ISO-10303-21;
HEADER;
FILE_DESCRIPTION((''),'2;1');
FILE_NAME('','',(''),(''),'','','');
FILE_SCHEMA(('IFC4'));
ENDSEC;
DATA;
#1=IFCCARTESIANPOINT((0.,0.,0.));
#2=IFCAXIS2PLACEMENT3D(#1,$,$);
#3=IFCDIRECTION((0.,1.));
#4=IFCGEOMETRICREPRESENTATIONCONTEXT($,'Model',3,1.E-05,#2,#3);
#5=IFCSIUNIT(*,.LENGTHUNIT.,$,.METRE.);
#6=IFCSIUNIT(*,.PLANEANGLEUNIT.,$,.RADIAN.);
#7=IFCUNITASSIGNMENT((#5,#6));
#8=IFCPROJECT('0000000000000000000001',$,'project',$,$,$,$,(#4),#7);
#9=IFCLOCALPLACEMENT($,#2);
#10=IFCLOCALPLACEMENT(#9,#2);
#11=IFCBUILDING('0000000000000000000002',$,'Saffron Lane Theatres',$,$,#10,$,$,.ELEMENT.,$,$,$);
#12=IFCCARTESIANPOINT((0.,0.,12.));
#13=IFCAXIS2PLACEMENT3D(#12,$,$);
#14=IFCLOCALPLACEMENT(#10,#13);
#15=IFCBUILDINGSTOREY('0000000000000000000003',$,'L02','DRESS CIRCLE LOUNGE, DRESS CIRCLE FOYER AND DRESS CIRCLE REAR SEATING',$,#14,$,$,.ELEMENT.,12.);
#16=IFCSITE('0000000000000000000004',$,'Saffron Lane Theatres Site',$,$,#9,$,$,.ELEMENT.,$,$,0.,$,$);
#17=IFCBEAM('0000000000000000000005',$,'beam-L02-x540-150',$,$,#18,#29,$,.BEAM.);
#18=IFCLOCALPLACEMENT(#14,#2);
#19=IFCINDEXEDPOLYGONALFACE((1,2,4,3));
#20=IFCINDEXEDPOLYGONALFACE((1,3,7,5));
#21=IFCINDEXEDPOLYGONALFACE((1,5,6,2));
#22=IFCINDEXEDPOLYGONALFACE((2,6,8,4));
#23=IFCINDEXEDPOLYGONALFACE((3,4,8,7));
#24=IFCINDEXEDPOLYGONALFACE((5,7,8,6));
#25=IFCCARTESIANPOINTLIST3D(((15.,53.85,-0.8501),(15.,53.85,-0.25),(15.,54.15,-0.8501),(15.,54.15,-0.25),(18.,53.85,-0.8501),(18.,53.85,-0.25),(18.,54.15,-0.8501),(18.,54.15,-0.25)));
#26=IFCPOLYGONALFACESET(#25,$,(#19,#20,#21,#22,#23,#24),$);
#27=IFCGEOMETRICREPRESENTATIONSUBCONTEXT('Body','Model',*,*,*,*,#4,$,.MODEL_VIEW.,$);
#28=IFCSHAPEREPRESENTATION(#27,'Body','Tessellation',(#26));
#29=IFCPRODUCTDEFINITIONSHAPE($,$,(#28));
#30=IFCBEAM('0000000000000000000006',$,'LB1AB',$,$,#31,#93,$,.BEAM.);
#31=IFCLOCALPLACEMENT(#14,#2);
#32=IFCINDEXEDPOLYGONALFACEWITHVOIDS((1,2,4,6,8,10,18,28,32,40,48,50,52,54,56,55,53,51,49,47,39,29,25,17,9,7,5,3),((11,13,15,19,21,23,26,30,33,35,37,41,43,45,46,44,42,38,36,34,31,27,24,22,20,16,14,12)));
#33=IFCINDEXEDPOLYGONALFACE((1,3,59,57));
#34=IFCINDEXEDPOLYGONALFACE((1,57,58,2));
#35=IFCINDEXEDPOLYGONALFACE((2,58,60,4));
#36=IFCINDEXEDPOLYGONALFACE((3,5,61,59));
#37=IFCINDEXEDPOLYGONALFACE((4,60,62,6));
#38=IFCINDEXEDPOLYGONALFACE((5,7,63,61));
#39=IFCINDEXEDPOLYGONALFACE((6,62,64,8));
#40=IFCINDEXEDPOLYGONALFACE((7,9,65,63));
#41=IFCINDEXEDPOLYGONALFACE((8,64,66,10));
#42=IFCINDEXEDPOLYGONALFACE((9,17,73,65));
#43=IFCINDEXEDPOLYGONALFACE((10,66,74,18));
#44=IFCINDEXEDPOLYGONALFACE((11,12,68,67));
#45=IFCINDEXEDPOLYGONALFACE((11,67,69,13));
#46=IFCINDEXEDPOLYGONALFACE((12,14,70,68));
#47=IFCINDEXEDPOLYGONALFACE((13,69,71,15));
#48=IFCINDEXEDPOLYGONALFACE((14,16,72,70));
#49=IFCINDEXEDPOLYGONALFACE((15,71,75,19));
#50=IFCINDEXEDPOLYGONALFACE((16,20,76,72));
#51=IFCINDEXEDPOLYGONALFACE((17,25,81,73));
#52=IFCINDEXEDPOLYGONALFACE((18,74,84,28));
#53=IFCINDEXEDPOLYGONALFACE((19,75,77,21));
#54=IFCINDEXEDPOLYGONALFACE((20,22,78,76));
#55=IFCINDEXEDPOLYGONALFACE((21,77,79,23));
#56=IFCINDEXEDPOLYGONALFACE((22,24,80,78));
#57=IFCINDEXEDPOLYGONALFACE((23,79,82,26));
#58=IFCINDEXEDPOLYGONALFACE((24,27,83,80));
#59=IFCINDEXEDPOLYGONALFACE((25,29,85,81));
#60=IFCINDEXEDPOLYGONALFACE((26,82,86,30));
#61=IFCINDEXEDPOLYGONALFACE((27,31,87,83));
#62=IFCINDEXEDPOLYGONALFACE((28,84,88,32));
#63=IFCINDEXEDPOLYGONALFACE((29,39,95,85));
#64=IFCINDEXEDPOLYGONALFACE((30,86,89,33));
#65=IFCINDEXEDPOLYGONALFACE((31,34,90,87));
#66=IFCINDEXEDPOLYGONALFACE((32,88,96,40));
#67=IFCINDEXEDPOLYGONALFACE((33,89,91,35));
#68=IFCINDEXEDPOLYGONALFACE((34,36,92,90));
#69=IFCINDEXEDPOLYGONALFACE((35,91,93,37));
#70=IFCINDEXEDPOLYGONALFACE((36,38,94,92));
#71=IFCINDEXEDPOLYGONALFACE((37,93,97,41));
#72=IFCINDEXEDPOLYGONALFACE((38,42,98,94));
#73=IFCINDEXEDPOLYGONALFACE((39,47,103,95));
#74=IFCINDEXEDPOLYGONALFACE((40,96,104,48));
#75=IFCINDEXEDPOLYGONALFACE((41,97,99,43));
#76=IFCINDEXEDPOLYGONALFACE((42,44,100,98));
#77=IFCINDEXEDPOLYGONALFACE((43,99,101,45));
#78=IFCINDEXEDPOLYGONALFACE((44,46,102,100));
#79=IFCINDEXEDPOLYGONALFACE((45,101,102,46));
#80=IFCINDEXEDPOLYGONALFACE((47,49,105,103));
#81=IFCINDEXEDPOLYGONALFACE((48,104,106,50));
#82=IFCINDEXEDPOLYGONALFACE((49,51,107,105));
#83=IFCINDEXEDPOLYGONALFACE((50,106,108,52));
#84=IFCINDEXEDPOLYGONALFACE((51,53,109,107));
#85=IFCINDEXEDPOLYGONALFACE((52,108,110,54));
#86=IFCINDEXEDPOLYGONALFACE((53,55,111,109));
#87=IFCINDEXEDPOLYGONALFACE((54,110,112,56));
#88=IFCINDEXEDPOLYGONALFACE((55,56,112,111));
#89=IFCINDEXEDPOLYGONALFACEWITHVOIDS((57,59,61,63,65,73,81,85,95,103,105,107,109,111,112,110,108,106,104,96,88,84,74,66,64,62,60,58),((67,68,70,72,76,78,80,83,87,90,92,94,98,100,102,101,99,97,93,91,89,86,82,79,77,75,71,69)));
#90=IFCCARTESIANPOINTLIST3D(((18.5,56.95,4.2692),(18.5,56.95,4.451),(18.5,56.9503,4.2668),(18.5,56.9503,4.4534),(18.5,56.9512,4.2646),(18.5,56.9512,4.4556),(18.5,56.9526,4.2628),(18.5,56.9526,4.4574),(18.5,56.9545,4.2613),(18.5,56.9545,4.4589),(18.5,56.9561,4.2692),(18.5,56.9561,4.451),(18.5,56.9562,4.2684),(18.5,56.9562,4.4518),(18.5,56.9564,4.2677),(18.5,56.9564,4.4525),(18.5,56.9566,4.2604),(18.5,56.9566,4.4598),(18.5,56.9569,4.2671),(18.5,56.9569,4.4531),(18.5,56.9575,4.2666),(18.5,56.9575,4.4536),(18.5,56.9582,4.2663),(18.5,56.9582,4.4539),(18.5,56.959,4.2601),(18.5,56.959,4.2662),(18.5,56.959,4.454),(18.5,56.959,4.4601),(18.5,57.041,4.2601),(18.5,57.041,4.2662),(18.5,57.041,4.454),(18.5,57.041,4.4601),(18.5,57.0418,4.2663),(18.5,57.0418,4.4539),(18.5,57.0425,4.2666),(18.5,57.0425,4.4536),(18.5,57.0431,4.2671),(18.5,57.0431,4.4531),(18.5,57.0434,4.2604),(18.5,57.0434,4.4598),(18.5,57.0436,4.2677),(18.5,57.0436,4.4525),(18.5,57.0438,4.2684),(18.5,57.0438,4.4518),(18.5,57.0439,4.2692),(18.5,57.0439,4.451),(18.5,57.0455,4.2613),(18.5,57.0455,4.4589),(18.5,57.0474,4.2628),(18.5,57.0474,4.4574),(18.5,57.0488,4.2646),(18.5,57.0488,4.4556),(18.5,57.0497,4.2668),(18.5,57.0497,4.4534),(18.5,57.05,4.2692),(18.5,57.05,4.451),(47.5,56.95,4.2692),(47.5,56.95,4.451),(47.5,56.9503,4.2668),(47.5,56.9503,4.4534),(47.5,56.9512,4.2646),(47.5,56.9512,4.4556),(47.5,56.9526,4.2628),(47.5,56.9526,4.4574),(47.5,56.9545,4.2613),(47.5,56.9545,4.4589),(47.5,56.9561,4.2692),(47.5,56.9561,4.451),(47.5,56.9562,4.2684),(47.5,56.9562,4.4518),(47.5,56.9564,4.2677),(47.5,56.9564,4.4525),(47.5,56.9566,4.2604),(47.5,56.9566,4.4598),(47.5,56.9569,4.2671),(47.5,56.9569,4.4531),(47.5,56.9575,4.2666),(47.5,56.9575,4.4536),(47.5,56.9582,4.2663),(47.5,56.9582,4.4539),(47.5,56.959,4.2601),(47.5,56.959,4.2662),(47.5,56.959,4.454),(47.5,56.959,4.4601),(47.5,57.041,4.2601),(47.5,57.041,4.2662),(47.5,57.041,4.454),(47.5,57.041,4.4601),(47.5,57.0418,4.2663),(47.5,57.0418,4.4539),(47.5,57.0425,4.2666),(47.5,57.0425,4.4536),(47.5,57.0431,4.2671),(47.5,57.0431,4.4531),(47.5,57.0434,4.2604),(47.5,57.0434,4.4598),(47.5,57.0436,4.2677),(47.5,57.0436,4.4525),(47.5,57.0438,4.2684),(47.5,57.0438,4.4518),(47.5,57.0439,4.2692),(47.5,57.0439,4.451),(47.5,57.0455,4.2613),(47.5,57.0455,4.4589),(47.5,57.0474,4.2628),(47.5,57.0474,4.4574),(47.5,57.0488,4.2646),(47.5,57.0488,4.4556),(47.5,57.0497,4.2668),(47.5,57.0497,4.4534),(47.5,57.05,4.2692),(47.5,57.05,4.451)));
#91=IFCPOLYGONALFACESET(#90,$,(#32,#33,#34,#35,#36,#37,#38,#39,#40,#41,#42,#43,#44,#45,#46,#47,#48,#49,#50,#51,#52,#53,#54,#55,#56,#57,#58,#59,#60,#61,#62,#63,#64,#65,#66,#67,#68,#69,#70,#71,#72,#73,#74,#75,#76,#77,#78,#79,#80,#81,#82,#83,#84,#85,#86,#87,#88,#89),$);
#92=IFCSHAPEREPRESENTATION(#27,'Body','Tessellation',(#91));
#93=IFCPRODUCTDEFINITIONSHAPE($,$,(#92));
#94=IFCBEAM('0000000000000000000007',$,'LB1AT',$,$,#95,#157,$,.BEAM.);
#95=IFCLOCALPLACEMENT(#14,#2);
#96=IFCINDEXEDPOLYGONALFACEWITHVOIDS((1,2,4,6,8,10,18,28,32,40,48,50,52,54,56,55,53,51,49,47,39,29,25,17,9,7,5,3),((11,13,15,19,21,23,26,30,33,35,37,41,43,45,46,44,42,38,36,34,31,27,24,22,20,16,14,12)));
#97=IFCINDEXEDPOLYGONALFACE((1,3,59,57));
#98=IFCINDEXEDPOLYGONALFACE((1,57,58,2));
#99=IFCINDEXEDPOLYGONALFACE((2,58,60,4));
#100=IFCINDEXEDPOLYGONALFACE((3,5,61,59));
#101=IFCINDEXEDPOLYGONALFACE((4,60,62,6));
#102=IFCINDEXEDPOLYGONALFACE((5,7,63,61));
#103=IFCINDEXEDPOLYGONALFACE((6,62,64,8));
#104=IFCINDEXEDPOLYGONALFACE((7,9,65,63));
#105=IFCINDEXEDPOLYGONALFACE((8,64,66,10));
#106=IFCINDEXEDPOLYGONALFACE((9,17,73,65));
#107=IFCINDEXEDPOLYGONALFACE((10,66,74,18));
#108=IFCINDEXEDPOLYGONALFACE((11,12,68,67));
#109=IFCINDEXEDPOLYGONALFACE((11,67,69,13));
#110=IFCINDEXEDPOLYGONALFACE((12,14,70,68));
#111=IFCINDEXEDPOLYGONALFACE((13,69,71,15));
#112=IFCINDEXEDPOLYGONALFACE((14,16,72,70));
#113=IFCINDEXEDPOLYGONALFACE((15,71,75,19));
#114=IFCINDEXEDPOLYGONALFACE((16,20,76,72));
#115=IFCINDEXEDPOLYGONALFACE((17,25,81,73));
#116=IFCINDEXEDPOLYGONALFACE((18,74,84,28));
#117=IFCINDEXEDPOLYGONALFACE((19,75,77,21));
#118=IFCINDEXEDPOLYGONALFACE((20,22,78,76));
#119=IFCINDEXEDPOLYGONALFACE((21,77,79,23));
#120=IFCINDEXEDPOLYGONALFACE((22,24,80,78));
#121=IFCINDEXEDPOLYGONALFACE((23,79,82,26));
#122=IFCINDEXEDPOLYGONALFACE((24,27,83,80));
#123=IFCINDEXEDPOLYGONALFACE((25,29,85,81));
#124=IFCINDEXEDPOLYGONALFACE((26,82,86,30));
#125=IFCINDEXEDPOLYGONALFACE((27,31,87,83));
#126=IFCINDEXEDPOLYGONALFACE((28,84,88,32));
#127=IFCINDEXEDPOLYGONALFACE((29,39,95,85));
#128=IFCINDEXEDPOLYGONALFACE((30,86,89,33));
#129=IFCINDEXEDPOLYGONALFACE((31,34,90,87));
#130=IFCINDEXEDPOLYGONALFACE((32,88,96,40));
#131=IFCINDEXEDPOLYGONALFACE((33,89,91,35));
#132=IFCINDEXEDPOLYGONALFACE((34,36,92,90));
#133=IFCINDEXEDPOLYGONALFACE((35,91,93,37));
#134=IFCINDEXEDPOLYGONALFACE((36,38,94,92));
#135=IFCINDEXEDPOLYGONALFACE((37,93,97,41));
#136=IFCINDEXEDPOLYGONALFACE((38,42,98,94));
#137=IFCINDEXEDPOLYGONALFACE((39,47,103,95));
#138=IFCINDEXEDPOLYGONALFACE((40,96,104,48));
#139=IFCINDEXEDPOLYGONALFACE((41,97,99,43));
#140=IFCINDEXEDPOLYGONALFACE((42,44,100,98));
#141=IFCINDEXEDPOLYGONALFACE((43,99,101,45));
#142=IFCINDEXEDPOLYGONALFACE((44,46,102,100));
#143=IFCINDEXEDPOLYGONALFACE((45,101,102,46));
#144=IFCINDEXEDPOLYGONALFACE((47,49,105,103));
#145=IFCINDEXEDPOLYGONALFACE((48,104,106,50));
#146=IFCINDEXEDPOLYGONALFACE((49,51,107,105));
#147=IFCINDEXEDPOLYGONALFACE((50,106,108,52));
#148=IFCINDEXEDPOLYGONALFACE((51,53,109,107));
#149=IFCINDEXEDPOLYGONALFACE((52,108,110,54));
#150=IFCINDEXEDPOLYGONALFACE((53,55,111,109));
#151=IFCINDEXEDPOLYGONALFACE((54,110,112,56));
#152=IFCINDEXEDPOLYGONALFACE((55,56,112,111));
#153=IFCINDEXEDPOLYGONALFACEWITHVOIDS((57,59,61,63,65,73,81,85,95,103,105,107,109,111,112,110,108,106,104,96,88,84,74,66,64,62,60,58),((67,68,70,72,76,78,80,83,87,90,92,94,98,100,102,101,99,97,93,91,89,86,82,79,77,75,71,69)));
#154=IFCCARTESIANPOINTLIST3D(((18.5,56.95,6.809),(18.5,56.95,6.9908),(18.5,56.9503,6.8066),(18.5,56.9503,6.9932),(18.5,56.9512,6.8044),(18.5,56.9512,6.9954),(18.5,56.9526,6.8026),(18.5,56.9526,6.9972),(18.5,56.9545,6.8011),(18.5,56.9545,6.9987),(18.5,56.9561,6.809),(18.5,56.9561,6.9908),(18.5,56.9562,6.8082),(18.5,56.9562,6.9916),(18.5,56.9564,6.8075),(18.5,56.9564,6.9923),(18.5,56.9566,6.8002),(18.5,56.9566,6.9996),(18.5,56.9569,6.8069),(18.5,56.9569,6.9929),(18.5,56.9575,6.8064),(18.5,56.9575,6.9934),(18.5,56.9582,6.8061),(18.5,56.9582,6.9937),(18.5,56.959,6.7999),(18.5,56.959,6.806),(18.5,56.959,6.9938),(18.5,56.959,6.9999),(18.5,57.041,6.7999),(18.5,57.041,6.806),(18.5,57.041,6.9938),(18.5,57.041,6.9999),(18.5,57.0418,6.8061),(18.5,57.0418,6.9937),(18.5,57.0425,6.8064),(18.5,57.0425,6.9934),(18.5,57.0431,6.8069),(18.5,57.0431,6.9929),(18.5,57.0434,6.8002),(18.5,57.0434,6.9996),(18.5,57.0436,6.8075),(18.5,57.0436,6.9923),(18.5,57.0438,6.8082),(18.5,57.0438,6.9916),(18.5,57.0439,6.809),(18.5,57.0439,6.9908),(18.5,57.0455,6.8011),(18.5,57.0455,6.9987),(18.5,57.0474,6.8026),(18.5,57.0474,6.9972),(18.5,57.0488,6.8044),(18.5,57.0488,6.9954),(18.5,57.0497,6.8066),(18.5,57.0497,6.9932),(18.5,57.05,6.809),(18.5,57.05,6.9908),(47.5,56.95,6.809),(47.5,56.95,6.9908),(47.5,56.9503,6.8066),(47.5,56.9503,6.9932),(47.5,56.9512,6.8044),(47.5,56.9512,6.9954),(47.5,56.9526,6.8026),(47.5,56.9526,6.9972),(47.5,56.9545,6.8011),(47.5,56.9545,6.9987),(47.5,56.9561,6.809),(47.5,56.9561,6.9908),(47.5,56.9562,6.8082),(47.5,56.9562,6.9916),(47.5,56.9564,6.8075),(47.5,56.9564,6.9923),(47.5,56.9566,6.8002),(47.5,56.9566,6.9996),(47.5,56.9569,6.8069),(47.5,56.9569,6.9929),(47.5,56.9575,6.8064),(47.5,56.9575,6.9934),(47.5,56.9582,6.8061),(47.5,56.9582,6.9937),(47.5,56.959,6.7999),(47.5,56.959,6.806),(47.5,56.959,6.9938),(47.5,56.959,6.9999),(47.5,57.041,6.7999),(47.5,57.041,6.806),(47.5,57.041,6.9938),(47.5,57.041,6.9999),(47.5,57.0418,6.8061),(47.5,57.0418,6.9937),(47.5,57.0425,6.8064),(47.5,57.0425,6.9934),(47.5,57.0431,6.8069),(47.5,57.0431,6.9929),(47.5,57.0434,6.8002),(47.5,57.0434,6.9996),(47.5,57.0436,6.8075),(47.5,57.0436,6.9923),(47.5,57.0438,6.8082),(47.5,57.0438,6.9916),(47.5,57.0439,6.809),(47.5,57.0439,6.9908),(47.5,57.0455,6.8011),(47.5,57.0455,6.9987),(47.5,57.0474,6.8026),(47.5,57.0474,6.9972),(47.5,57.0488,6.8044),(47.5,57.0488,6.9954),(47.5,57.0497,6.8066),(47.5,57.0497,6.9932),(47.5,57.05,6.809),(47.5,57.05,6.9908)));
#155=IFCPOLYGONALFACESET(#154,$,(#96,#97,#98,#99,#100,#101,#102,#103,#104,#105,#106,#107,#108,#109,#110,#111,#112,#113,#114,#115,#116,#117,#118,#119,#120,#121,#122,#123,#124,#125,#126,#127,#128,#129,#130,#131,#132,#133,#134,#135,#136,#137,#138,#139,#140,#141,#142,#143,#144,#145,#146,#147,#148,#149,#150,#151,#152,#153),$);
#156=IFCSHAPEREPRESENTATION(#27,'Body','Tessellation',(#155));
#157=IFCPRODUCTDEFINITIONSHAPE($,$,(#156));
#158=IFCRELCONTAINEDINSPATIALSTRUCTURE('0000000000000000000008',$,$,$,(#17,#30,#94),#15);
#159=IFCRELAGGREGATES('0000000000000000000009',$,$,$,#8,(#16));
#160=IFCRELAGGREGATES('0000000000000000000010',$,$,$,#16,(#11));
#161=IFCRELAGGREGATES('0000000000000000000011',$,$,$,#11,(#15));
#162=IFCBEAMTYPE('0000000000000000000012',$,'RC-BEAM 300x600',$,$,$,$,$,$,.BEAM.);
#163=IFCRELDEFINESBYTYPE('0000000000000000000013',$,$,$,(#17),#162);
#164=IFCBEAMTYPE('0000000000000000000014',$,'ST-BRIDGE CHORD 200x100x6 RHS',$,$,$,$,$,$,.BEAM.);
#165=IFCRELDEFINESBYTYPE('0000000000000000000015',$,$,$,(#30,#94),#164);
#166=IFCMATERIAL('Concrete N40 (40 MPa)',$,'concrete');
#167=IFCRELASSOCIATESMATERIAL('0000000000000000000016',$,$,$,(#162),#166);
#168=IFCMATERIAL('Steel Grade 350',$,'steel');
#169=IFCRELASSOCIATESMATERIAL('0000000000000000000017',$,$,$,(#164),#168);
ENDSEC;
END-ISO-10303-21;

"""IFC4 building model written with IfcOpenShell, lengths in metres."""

from ifc_helpers import new_model, si_unit, direction, frame, origin, origin_2d, place, context, subcontext, project, spatial, rectangle, hollow_rectangle, extrude, material, material_profile, profile_set, type_object, element, save


model = new_model("IFC4")

# Units and contexts
model_context = context("Model", 3, precision=1e-05, world=origin(), true_north=direction((0.0, 1.0)))
body_context = subcontext(model_context, "Body", "Model", "MODEL_VIEW")
ifc_project = project(units=[si_unit("LENGTHUNIT", "METRE"), si_unit("PLANEANGLEUNIT", "RADIAN")], contexts=[model_context])

# Site, building, storey
site_placement = place(None, origin())
site = spatial("IfcSite", under=ifc_project, at=site_placement, Name="Saffron Lane Theatres Site", CompositionType="ELEMENT", RefElevation=0.0)
building_placement = place(site_placement, origin())
building = spatial("IfcBuilding", under=site, at=building_placement, Name="Saffron Lane Theatres", CompositionType="ELEMENT")
storey_placement = place(building_placement, frame((0.0, 0.0, 12.0)))
storey = spatial("IfcBuildingStorey", under=building, at=storey_placement, Name="L02", Description="DRESS CIRCLE LOUNGE, DRESS CIRCLE FOYER AND DRESS CIRCLE REAR SEATING", CompositionType="ELEMENT", Elevation=12.0)

# Beams
ifc_material_1 = material(Name="Concrete N40 (40 MPa)", Category="concrete")
ifc_material_profile_1 = material_profile(ifc_material_1, rectangle(XDim=0.3, YDim=0.6001, at=origin_2d()))
ifc_profile_set_1 = profile_set([ifc_material_profile_1], Name="Concrete N40 (40 MPa)")
beam_type_1 = type_object("IfcBeamType", Name="RC-BEAM 300x600", PredefinedType="BEAM", material=ifc_profile_set_1)
beam_1_placement = place(storey_placement, frame((15.0, 54.0, -0.55), z_axis=(1.0, 0.0, 0.0), x_axis=(0.0, 1.0, 0.0)))
element("IfcBeam", 1, at=beam_1_placement, inside=storey, type_object=beam_type_1, Name="beam-L02-x540-150", PredefinedType="BEAM", context=body_context, shape_type="SweptSolid", body=[
    extrude(rectangle(XDim=0.3, YDim=0.6001, at=origin_2d()), origin(), (0.0, 0.0, 1.0), 3.0),
])
ifc_material_2 = material(Name="Steel Grade 350", Category="steel")
ifc_material_profile_2 = material_profile(ifc_material_2, hollow_rectangle(XDim=0.1001, YDim=0.2, WallThickness=0.0061, InnerFilletRadius=0.0029, OuterFilletRadius=0.009, at=origin_2d()))
ifc_profile_set_2 = profile_set([ifc_material_profile_2], Name="Steel Grade 350")
beam_type_2 = type_object("IfcBeamType", Name="ST-BRIDGE CHORD 200x100x6 RHS", PredefinedType="BEAM", material=ifc_profile_set_2)
for number, where, z_axis, x_axis, name in (
    (2, (18.5, 57.0, 4.3601), (1.0, 0.0, 0.0), (0.0, 1.0, 0.0), "LB1AB"),
    (3, (18.5, 57.0, 6.8999), (1.0, 0.0, 0.0), (0.0, 1.0, 0.0), "LB1AT"),
):
    element("IfcBeam", number, at=place(storey_placement, frame(where, z_axis=z_axis, x_axis=x_axis)), inside=storey, type_object=beam_type_2, Name=name, PredefinedType="BEAM", context=body_context, shape_type="SweptSolid", body=[
        extrude(hollow_rectangle(XDim=0.1001, YDim=0.2, WallThickness=0.0061, InnerFilletRadius=0.0029, OuterFilletRadius=0.009, at=origin_2d()), origin(), (0.0, 0.0, 1.0), 29.0),
    ])

save(model, "model.ifc")
